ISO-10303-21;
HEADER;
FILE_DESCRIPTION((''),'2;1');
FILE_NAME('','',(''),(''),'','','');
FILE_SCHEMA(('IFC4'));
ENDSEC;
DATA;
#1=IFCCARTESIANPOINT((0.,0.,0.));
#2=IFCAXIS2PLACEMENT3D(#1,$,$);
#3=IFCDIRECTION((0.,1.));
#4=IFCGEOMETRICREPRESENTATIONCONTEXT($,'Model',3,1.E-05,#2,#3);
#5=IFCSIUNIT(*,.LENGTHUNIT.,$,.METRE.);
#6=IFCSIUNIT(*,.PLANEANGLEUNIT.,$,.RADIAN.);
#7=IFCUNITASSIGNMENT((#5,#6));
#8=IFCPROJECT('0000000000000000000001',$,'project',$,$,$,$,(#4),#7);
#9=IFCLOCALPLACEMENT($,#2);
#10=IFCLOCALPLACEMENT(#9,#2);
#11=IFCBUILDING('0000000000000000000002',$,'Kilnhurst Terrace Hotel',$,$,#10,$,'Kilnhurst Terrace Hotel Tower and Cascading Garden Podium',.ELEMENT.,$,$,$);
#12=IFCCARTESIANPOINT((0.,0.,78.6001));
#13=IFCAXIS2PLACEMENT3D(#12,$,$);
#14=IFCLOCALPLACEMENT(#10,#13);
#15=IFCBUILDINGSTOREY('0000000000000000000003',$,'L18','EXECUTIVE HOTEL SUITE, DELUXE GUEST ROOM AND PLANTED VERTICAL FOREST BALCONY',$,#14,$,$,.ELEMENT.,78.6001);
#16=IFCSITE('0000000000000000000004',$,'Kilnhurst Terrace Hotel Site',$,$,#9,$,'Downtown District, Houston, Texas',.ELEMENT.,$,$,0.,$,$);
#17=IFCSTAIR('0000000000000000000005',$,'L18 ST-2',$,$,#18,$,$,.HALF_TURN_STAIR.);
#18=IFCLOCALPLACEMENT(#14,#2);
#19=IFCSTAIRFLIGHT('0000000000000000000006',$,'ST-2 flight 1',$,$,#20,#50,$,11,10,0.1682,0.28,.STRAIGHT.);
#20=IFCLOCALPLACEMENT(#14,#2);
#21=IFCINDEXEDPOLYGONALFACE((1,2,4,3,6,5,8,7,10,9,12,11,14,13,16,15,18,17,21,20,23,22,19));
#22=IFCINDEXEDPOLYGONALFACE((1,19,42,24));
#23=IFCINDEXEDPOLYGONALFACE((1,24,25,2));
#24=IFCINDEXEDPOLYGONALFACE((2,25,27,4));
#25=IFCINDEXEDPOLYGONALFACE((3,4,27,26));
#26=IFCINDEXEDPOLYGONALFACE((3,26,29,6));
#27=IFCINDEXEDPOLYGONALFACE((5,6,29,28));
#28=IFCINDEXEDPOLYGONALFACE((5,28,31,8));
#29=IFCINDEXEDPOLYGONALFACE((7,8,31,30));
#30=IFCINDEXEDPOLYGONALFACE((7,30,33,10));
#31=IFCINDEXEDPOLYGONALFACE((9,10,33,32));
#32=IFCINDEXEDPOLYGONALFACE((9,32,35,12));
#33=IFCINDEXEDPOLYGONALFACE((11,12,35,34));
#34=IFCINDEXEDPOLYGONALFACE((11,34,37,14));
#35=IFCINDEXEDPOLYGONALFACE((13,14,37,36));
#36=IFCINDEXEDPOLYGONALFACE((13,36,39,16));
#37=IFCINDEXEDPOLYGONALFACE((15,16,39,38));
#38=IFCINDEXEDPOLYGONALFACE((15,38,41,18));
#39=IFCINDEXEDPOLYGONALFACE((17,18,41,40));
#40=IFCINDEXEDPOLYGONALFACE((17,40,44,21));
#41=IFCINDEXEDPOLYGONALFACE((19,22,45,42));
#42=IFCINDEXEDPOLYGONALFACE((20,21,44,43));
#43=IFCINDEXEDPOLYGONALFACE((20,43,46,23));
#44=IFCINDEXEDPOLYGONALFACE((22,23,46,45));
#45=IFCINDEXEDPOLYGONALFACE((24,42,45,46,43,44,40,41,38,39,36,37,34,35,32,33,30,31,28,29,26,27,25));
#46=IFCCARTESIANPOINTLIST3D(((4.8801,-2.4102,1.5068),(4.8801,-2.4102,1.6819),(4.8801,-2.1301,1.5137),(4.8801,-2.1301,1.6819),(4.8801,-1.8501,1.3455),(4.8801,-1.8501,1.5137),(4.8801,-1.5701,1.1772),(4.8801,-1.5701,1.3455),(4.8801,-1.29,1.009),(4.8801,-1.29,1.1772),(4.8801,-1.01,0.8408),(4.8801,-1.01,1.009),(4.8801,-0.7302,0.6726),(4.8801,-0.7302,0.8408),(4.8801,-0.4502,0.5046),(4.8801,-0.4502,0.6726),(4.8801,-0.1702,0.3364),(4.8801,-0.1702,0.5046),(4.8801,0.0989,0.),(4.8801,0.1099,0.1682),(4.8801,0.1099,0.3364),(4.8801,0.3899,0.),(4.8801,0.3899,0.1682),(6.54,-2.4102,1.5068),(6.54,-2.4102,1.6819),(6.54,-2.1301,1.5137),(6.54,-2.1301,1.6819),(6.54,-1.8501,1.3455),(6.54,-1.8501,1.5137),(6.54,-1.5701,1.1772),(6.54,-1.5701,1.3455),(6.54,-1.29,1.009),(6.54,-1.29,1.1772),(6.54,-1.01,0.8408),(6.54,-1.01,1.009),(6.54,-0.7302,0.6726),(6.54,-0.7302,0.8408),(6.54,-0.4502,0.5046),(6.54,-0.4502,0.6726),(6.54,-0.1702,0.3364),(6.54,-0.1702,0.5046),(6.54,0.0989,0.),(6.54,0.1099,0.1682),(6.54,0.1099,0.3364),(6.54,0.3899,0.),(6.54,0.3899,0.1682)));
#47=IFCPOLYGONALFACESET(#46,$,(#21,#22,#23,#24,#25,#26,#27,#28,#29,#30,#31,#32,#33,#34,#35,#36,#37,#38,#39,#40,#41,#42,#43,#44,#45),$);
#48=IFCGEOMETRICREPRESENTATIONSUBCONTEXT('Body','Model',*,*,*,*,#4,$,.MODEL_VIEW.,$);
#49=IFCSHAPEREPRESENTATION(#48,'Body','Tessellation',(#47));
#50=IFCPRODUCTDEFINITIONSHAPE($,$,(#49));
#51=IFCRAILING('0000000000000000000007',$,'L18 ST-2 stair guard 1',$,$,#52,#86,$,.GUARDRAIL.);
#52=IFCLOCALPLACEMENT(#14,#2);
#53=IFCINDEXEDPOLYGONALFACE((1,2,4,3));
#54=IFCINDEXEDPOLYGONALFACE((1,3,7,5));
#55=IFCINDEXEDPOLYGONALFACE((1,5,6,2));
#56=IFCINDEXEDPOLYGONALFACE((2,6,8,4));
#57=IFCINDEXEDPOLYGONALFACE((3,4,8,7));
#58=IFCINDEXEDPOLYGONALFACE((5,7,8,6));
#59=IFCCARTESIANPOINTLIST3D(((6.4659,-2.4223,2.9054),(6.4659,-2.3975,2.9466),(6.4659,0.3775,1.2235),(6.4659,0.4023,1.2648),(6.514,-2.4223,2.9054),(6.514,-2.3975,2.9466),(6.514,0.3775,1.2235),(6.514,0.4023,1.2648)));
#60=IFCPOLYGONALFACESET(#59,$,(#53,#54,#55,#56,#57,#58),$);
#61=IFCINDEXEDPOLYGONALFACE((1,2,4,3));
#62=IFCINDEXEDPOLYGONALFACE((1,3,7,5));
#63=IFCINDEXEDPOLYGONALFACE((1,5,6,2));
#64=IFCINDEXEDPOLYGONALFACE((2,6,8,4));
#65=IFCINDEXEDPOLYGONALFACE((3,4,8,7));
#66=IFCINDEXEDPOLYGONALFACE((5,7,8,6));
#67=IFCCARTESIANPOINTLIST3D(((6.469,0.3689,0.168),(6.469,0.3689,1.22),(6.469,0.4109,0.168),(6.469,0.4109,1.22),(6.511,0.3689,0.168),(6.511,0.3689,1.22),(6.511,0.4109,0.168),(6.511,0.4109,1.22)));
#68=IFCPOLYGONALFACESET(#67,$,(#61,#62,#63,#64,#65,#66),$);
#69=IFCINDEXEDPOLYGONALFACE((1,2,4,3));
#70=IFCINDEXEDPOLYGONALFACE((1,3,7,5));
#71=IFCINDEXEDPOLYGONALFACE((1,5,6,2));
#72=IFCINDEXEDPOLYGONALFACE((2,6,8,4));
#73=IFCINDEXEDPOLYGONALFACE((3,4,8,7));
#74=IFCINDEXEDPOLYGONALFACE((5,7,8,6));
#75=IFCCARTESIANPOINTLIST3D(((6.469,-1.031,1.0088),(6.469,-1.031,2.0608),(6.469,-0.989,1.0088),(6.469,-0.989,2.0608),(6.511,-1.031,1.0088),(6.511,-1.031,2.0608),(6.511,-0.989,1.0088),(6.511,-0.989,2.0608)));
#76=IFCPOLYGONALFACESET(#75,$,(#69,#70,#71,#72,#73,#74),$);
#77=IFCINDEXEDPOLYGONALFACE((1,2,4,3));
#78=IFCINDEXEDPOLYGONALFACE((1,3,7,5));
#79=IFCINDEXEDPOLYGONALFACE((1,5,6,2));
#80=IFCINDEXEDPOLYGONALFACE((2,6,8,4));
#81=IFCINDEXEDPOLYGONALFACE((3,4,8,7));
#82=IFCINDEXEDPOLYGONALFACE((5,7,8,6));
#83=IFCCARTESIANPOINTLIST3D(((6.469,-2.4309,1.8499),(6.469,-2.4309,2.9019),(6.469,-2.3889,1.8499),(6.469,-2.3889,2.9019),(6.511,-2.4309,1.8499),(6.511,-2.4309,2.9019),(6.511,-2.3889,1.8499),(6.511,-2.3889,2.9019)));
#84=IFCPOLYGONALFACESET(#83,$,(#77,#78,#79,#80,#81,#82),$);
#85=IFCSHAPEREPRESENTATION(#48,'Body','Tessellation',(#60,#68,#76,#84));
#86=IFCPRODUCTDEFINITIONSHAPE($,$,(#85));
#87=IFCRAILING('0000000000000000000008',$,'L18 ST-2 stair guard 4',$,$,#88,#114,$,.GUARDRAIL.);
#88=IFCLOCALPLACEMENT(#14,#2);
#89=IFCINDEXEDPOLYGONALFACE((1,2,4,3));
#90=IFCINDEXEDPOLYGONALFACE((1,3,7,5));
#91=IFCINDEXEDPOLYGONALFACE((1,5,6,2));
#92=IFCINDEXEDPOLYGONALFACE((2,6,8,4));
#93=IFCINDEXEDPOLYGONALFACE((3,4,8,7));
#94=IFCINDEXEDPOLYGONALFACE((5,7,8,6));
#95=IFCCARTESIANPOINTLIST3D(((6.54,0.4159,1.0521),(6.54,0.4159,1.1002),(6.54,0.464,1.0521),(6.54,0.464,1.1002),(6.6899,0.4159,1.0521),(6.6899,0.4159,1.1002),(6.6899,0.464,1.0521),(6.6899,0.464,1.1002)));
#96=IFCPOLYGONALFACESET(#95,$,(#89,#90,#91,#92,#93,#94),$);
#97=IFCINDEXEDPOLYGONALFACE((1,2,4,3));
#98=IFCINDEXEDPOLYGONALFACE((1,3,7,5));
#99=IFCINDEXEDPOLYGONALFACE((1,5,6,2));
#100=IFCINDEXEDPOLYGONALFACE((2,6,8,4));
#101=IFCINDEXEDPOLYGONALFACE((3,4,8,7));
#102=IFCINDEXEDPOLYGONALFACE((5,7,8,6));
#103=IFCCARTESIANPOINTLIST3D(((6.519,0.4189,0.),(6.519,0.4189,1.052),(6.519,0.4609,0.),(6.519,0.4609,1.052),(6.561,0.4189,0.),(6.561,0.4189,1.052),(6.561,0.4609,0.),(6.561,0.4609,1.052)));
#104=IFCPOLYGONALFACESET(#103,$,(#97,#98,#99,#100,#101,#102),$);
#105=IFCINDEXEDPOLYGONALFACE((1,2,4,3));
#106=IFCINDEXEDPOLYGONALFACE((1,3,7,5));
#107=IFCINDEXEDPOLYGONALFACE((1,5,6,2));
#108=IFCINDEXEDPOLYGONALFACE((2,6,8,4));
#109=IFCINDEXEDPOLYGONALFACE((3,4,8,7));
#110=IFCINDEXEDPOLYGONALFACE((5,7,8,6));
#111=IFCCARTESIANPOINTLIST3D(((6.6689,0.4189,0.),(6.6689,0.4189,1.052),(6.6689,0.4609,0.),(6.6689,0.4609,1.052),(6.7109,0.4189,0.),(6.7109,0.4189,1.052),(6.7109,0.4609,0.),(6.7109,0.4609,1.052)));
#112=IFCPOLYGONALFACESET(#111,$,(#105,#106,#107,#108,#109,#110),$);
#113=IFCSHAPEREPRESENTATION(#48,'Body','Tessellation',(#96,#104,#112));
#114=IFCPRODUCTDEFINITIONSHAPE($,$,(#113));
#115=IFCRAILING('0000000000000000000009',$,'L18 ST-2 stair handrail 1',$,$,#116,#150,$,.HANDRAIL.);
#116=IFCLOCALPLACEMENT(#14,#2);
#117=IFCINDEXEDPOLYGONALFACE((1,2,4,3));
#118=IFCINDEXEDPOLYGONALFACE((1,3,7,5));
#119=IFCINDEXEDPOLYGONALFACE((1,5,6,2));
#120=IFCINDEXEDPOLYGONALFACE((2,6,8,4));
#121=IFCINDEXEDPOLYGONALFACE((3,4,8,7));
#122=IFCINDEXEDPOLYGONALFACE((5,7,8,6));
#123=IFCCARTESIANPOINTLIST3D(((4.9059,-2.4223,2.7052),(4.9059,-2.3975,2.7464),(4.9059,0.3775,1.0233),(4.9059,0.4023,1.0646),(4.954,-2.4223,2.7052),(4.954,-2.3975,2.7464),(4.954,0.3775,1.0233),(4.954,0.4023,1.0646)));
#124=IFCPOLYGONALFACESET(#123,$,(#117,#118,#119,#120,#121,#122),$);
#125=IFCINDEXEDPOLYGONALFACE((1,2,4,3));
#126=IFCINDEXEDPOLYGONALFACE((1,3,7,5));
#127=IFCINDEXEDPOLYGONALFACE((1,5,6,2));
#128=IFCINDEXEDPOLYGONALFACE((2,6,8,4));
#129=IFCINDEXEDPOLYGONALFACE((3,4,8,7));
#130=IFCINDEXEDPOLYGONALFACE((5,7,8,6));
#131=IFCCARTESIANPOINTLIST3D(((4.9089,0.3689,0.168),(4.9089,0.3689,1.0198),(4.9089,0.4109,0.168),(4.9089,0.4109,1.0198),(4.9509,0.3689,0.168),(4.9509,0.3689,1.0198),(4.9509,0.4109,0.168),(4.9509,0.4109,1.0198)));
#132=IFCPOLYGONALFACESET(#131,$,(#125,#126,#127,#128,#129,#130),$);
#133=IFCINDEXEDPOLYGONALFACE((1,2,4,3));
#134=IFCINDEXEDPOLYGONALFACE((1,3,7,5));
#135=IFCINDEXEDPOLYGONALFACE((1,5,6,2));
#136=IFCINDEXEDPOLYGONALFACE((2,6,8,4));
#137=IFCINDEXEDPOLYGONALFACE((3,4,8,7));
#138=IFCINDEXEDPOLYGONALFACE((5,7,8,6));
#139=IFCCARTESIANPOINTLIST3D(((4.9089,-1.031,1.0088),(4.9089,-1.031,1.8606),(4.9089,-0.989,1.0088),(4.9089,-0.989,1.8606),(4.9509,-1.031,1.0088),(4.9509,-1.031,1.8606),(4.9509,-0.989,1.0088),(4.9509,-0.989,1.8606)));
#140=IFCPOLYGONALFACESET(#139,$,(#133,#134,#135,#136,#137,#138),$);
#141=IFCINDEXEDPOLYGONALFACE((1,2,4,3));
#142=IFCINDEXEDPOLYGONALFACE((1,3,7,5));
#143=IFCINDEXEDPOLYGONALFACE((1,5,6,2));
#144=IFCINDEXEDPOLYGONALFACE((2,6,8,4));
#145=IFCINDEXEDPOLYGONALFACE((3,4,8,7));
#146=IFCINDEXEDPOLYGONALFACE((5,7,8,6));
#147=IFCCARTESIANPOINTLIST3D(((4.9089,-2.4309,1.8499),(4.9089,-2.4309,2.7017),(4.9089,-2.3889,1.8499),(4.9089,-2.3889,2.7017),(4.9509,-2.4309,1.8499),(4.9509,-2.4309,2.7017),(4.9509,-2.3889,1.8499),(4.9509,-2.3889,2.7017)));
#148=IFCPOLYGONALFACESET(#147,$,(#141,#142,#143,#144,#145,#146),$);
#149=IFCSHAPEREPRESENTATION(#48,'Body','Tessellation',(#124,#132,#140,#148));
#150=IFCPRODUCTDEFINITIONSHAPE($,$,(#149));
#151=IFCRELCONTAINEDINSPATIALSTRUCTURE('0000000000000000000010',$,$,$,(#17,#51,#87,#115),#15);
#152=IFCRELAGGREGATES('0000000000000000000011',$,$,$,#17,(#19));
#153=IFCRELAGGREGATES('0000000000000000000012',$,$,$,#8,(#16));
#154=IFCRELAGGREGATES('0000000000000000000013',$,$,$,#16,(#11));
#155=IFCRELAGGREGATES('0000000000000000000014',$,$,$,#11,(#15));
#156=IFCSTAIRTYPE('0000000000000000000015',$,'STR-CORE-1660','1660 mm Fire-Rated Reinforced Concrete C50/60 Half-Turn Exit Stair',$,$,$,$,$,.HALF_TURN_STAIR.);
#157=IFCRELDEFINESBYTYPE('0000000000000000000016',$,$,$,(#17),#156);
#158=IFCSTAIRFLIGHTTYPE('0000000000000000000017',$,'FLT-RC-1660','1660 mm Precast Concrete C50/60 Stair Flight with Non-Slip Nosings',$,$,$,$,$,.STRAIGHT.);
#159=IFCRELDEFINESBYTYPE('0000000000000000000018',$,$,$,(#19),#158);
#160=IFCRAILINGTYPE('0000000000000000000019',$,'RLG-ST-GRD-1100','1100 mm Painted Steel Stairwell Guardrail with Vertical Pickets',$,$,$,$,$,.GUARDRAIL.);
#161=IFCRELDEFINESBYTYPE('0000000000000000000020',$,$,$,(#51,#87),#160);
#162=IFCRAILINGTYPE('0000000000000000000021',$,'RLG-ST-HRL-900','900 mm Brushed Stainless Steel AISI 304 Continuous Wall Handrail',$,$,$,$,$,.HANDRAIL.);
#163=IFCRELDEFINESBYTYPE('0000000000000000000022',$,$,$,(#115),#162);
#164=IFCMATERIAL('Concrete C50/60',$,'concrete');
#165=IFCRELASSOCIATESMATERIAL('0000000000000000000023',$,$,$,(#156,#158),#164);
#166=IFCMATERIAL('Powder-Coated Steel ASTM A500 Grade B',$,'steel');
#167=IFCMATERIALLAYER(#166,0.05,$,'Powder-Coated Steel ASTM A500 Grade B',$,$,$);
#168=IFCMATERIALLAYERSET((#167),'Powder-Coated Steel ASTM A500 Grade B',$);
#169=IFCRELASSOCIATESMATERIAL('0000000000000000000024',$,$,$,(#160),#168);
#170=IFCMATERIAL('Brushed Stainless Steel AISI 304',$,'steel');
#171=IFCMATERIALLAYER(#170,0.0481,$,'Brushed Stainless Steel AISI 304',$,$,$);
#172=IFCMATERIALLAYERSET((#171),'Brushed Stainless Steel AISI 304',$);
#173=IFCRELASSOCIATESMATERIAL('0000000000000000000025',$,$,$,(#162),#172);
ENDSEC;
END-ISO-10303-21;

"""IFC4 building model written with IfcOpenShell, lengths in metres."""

from ifc_helpers import new_model, si_unit, direction, frame, origin, origin_2d, place, context, subcontext, project, spatial, polyline, rectangle, outline, extrude, material, layer, layer_set, type_object, element, aggregate, save


model = new_model("IFC4")

# Units and contexts
model_context = context("Model", 3, precision=1e-05, world=origin(), true_north=direction((0.0, 1.0)))
body_context = subcontext(model_context, "Body", "Model", "MODEL_VIEW")
ifc_project = project(units=[si_unit("LENGTHUNIT", "METRE"), si_unit("PLANEANGLEUNIT", "RADIAN")], contexts=[model_context])

# Site, building, storey
site_placement = place(None, origin())
site = spatial("IfcSite", under=ifc_project, at=site_placement, Name="Kilnhurst Terrace Hotel Site", LongName="Downtown District, Houston, Texas", CompositionType="ELEMENT", RefElevation=0.0)
building_placement = place(site_placement, origin())
building = spatial("IfcBuilding", under=site, at=building_placement, Name="Kilnhurst Terrace Hotel", LongName="Kilnhurst Terrace Hotel Tower and Cascading Garden Podium", CompositionType="ELEMENT")
storey_placement = place(building_placement, frame((0.0, 0.0, 78.6001)))
storey = spatial("IfcBuildingStorey", under=building, at=storey_placement, Name="L18", Description="EXECUTIVE HOTEL SUITE, DELUXE GUEST ROOM AND PLANTED VERTICAL FOREST BALCONY", CompositionType="ELEMENT", Elevation=78.6001)

# Shared definitions
ifc_material_1 = material(Name="Concrete C50/60", Category="concrete")

# Stair, stair flight
stair_type = type_object("IfcStairType", Name="STR-CORE-1660", Description="1660 mm Fire-Rated Reinforced Concrete C50/60 Half-Turn Exit Stair", PredefinedType="HALF_TURN_STAIR", material=ifc_material_1)
stair_placement = place(storey_placement, origin())
stair = element("IfcStair", 1, at=stair_placement, inside=storey, type_object=stair_type, Name="L18 ST-2", PredefinedType="HALF_TURN_STAIR")
stair_flight_type = type_object("IfcStairFlightType", Name="FLT-RC-1660", Description="1660 mm Precast Concrete C50/60 Stair Flight with Non-Slip Nosings", PredefinedType="STRAIGHT", material=ifc_material_1)
stair_flight_placement = place(storey_placement, frame((5.71, 0.3899, 0.0), z_axis=(0.0, 0.0, 1.0), x_axis=(0.0, -1.0, 0.0)))
stair_flight = element("IfcStairFlight", 2, at=stair_flight_placement, type_object=stair_flight_type, Name="ST-2 flight 1", NumberOfRisers=11, NumberOfTreads=10, PredefinedType="STRAIGHT", RiserHeight=0.1682, TreadLength=0.28, context=body_context, shape_type="SweptSolid", body=[
    extrude(outline(polyline([(0.0, 0.0), (0.0, 0.1682), (0.28, 0.1682), (0.28, 0.3364), (0.5601, 0.3364), (0.5601, 0.5046), (0.8401, 0.5046), (0.8401, 0.6726), (1.1201, 0.6726), (1.1201, 0.8408), (1.3999, 0.8408), (1.3999, 1.009), (1.6799, 1.009), (1.6799, 1.1772), (1.96, 1.1772), (1.96, 1.3455), (2.24, 1.3455), (2.24, 1.5137), (2.52, 1.5137), (2.52, 1.6819), (2.8, 1.6819), (2.8, 1.8501), (2.8, 1.5068), (0.291, 0.0), (0.0, 0.0)])), frame((0.0, 0.8301, 0.0), z_axis=(0.0, -1.0, 0.0), x_axis=(1.0, 0.0, 0.0)), (0.0, 0.0, 1.0), 1.6599),
])
aggregate(stair, [stair_flight])

# Railings
ifc_material_2 = material(Name="Powder-Coated Steel ASTM A500 Grade B", Category="steel")
ifc_layer_1 = layer(ifc_material_2, 0.05, Name="Powder-Coated Steel ASTM A500 Grade B")
ifc_layer_set_1 = layer_set([ifc_layer_1], Name="Powder-Coated Steel ASTM A500 Grade B")
railing_type_1 = type_object("IfcRailingType", Name="RLG-ST-GRD-1100", Description="1100 mm Painted Steel Stairwell Guardrail with Vertical Pickets", PredefinedType="GUARDRAIL", material=ifc_layer_set_1)
railing_1_placement = place(storey_placement, frame((6.49, 0.3899, 0.168)))
element("IfcRailing", 3, at=railing_1_placement, inside=storey, type_object=railing_type_1, Name="L18 ST-2 stair guard 1", PredefinedType="GUARDRAIL", context=body_context, shape_type="SweptSolid", body=[
    extrude(rectangle(XDim=0.0481, YDim=0.0481, at=origin_2d()), frame((0.0, 0.0, 1.0762), z_axis=(0.0, -0.857222, 0.514946), x_axis=(1.0, 0.0, 0.0)), (0.0, 0.0, 1.0), 3.2661),
    extrude(rectangle(XDim=0.042, YDim=0.042, at=origin_2d()), origin(), (0.0, 0.0, 1.0), 1.052),
    extrude(rectangle(XDim=0.042, YDim=0.042, at=origin_2d()), frame((0.0, -1.3999, 0.8408)), (0.0, 0.0, 1.0), 1.052),
    extrude(rectangle(XDim=0.042, YDim=0.042, at=origin_2d()), frame((0.0, -2.7998, 1.6819)), (0.0, 0.0, 1.0), 1.052),
])
railing_2_placement = place(storey_placement, frame((6.54, 0.4399, 0.0)))
element("IfcRailing", 4, at=railing_2_placement, inside=storey, type_object=railing_type_1, Name="L18 ST-2 stair guard 4", PredefinedType="GUARDRAIL", context=body_context, shape_type="SweptSolid", body=[
    extrude(rectangle(XDim=0.0481, YDim=0.0481, at=origin_2d()), frame((0.0, 0.0, 1.0762), z_axis=(1.0, 0.0, 0.0), x_axis=(0.0, 1.0, 0.0)), (0.0, 0.0, 1.0), 0.1499),
    extrude(rectangle(XDim=0.042, YDim=0.042, at=origin_2d()), origin(), (0.0, 0.0, 1.0), 1.052),
    extrude(rectangle(XDim=0.042, YDim=0.042, at=origin_2d()), frame((0.1499, 0.0, 0.0)), (0.0, 0.0, 1.0), 1.052),
])
ifc_material_3 = material(Name="Brushed Stainless Steel AISI 304", Category="steel")
ifc_layer_2 = layer(ifc_material_3, 0.0481, Name="Brushed Stainless Steel AISI 304")
ifc_layer_set_2 = layer_set([ifc_layer_2], Name="Brushed Stainless Steel AISI 304")
railing_type_2 = type_object("IfcRailingType", Name="RLG-ST-HRL-900", Description="900 mm Brushed Stainless Steel AISI 304 Continuous Wall Handrail", PredefinedType="HANDRAIL", material=ifc_layer_set_2)
railing_3_placement = place(storey_placement, frame((4.9299, 0.3899, 0.168)))
element("IfcRailing", 5, at=railing_3_placement, inside=storey, type_object=railing_type_2, Name="L18 ST-2 stair handrail 1", PredefinedType="HANDRAIL", context=body_context, shape_type="SweptSolid", body=[
    extrude(rectangle(XDim=0.0481, YDim=0.0481, at=origin_2d()), frame((0.0, 0.0, 0.876), z_axis=(0.0, -0.857222, 0.514946), x_axis=(1.0, 0.0, 0.0)), (0.0, 0.0, 1.0), 3.2661),
    extrude(rectangle(XDim=0.042, YDim=0.042, at=origin_2d()), origin(), (0.0, 0.0, 1.0), 0.8518),
    extrude(rectangle(XDim=0.042, YDim=0.042, at=origin_2d()), frame((0.0, -1.3999, 0.8408)), (0.0, 0.0, 1.0), 0.8518),
    extrude(rectangle(XDim=0.042, YDim=0.042, at=origin_2d()), frame((0.0, -2.7998, 1.6819)), (0.0, 0.0, 1.0), 0.8518),
])

save(model, "model.ifc")
